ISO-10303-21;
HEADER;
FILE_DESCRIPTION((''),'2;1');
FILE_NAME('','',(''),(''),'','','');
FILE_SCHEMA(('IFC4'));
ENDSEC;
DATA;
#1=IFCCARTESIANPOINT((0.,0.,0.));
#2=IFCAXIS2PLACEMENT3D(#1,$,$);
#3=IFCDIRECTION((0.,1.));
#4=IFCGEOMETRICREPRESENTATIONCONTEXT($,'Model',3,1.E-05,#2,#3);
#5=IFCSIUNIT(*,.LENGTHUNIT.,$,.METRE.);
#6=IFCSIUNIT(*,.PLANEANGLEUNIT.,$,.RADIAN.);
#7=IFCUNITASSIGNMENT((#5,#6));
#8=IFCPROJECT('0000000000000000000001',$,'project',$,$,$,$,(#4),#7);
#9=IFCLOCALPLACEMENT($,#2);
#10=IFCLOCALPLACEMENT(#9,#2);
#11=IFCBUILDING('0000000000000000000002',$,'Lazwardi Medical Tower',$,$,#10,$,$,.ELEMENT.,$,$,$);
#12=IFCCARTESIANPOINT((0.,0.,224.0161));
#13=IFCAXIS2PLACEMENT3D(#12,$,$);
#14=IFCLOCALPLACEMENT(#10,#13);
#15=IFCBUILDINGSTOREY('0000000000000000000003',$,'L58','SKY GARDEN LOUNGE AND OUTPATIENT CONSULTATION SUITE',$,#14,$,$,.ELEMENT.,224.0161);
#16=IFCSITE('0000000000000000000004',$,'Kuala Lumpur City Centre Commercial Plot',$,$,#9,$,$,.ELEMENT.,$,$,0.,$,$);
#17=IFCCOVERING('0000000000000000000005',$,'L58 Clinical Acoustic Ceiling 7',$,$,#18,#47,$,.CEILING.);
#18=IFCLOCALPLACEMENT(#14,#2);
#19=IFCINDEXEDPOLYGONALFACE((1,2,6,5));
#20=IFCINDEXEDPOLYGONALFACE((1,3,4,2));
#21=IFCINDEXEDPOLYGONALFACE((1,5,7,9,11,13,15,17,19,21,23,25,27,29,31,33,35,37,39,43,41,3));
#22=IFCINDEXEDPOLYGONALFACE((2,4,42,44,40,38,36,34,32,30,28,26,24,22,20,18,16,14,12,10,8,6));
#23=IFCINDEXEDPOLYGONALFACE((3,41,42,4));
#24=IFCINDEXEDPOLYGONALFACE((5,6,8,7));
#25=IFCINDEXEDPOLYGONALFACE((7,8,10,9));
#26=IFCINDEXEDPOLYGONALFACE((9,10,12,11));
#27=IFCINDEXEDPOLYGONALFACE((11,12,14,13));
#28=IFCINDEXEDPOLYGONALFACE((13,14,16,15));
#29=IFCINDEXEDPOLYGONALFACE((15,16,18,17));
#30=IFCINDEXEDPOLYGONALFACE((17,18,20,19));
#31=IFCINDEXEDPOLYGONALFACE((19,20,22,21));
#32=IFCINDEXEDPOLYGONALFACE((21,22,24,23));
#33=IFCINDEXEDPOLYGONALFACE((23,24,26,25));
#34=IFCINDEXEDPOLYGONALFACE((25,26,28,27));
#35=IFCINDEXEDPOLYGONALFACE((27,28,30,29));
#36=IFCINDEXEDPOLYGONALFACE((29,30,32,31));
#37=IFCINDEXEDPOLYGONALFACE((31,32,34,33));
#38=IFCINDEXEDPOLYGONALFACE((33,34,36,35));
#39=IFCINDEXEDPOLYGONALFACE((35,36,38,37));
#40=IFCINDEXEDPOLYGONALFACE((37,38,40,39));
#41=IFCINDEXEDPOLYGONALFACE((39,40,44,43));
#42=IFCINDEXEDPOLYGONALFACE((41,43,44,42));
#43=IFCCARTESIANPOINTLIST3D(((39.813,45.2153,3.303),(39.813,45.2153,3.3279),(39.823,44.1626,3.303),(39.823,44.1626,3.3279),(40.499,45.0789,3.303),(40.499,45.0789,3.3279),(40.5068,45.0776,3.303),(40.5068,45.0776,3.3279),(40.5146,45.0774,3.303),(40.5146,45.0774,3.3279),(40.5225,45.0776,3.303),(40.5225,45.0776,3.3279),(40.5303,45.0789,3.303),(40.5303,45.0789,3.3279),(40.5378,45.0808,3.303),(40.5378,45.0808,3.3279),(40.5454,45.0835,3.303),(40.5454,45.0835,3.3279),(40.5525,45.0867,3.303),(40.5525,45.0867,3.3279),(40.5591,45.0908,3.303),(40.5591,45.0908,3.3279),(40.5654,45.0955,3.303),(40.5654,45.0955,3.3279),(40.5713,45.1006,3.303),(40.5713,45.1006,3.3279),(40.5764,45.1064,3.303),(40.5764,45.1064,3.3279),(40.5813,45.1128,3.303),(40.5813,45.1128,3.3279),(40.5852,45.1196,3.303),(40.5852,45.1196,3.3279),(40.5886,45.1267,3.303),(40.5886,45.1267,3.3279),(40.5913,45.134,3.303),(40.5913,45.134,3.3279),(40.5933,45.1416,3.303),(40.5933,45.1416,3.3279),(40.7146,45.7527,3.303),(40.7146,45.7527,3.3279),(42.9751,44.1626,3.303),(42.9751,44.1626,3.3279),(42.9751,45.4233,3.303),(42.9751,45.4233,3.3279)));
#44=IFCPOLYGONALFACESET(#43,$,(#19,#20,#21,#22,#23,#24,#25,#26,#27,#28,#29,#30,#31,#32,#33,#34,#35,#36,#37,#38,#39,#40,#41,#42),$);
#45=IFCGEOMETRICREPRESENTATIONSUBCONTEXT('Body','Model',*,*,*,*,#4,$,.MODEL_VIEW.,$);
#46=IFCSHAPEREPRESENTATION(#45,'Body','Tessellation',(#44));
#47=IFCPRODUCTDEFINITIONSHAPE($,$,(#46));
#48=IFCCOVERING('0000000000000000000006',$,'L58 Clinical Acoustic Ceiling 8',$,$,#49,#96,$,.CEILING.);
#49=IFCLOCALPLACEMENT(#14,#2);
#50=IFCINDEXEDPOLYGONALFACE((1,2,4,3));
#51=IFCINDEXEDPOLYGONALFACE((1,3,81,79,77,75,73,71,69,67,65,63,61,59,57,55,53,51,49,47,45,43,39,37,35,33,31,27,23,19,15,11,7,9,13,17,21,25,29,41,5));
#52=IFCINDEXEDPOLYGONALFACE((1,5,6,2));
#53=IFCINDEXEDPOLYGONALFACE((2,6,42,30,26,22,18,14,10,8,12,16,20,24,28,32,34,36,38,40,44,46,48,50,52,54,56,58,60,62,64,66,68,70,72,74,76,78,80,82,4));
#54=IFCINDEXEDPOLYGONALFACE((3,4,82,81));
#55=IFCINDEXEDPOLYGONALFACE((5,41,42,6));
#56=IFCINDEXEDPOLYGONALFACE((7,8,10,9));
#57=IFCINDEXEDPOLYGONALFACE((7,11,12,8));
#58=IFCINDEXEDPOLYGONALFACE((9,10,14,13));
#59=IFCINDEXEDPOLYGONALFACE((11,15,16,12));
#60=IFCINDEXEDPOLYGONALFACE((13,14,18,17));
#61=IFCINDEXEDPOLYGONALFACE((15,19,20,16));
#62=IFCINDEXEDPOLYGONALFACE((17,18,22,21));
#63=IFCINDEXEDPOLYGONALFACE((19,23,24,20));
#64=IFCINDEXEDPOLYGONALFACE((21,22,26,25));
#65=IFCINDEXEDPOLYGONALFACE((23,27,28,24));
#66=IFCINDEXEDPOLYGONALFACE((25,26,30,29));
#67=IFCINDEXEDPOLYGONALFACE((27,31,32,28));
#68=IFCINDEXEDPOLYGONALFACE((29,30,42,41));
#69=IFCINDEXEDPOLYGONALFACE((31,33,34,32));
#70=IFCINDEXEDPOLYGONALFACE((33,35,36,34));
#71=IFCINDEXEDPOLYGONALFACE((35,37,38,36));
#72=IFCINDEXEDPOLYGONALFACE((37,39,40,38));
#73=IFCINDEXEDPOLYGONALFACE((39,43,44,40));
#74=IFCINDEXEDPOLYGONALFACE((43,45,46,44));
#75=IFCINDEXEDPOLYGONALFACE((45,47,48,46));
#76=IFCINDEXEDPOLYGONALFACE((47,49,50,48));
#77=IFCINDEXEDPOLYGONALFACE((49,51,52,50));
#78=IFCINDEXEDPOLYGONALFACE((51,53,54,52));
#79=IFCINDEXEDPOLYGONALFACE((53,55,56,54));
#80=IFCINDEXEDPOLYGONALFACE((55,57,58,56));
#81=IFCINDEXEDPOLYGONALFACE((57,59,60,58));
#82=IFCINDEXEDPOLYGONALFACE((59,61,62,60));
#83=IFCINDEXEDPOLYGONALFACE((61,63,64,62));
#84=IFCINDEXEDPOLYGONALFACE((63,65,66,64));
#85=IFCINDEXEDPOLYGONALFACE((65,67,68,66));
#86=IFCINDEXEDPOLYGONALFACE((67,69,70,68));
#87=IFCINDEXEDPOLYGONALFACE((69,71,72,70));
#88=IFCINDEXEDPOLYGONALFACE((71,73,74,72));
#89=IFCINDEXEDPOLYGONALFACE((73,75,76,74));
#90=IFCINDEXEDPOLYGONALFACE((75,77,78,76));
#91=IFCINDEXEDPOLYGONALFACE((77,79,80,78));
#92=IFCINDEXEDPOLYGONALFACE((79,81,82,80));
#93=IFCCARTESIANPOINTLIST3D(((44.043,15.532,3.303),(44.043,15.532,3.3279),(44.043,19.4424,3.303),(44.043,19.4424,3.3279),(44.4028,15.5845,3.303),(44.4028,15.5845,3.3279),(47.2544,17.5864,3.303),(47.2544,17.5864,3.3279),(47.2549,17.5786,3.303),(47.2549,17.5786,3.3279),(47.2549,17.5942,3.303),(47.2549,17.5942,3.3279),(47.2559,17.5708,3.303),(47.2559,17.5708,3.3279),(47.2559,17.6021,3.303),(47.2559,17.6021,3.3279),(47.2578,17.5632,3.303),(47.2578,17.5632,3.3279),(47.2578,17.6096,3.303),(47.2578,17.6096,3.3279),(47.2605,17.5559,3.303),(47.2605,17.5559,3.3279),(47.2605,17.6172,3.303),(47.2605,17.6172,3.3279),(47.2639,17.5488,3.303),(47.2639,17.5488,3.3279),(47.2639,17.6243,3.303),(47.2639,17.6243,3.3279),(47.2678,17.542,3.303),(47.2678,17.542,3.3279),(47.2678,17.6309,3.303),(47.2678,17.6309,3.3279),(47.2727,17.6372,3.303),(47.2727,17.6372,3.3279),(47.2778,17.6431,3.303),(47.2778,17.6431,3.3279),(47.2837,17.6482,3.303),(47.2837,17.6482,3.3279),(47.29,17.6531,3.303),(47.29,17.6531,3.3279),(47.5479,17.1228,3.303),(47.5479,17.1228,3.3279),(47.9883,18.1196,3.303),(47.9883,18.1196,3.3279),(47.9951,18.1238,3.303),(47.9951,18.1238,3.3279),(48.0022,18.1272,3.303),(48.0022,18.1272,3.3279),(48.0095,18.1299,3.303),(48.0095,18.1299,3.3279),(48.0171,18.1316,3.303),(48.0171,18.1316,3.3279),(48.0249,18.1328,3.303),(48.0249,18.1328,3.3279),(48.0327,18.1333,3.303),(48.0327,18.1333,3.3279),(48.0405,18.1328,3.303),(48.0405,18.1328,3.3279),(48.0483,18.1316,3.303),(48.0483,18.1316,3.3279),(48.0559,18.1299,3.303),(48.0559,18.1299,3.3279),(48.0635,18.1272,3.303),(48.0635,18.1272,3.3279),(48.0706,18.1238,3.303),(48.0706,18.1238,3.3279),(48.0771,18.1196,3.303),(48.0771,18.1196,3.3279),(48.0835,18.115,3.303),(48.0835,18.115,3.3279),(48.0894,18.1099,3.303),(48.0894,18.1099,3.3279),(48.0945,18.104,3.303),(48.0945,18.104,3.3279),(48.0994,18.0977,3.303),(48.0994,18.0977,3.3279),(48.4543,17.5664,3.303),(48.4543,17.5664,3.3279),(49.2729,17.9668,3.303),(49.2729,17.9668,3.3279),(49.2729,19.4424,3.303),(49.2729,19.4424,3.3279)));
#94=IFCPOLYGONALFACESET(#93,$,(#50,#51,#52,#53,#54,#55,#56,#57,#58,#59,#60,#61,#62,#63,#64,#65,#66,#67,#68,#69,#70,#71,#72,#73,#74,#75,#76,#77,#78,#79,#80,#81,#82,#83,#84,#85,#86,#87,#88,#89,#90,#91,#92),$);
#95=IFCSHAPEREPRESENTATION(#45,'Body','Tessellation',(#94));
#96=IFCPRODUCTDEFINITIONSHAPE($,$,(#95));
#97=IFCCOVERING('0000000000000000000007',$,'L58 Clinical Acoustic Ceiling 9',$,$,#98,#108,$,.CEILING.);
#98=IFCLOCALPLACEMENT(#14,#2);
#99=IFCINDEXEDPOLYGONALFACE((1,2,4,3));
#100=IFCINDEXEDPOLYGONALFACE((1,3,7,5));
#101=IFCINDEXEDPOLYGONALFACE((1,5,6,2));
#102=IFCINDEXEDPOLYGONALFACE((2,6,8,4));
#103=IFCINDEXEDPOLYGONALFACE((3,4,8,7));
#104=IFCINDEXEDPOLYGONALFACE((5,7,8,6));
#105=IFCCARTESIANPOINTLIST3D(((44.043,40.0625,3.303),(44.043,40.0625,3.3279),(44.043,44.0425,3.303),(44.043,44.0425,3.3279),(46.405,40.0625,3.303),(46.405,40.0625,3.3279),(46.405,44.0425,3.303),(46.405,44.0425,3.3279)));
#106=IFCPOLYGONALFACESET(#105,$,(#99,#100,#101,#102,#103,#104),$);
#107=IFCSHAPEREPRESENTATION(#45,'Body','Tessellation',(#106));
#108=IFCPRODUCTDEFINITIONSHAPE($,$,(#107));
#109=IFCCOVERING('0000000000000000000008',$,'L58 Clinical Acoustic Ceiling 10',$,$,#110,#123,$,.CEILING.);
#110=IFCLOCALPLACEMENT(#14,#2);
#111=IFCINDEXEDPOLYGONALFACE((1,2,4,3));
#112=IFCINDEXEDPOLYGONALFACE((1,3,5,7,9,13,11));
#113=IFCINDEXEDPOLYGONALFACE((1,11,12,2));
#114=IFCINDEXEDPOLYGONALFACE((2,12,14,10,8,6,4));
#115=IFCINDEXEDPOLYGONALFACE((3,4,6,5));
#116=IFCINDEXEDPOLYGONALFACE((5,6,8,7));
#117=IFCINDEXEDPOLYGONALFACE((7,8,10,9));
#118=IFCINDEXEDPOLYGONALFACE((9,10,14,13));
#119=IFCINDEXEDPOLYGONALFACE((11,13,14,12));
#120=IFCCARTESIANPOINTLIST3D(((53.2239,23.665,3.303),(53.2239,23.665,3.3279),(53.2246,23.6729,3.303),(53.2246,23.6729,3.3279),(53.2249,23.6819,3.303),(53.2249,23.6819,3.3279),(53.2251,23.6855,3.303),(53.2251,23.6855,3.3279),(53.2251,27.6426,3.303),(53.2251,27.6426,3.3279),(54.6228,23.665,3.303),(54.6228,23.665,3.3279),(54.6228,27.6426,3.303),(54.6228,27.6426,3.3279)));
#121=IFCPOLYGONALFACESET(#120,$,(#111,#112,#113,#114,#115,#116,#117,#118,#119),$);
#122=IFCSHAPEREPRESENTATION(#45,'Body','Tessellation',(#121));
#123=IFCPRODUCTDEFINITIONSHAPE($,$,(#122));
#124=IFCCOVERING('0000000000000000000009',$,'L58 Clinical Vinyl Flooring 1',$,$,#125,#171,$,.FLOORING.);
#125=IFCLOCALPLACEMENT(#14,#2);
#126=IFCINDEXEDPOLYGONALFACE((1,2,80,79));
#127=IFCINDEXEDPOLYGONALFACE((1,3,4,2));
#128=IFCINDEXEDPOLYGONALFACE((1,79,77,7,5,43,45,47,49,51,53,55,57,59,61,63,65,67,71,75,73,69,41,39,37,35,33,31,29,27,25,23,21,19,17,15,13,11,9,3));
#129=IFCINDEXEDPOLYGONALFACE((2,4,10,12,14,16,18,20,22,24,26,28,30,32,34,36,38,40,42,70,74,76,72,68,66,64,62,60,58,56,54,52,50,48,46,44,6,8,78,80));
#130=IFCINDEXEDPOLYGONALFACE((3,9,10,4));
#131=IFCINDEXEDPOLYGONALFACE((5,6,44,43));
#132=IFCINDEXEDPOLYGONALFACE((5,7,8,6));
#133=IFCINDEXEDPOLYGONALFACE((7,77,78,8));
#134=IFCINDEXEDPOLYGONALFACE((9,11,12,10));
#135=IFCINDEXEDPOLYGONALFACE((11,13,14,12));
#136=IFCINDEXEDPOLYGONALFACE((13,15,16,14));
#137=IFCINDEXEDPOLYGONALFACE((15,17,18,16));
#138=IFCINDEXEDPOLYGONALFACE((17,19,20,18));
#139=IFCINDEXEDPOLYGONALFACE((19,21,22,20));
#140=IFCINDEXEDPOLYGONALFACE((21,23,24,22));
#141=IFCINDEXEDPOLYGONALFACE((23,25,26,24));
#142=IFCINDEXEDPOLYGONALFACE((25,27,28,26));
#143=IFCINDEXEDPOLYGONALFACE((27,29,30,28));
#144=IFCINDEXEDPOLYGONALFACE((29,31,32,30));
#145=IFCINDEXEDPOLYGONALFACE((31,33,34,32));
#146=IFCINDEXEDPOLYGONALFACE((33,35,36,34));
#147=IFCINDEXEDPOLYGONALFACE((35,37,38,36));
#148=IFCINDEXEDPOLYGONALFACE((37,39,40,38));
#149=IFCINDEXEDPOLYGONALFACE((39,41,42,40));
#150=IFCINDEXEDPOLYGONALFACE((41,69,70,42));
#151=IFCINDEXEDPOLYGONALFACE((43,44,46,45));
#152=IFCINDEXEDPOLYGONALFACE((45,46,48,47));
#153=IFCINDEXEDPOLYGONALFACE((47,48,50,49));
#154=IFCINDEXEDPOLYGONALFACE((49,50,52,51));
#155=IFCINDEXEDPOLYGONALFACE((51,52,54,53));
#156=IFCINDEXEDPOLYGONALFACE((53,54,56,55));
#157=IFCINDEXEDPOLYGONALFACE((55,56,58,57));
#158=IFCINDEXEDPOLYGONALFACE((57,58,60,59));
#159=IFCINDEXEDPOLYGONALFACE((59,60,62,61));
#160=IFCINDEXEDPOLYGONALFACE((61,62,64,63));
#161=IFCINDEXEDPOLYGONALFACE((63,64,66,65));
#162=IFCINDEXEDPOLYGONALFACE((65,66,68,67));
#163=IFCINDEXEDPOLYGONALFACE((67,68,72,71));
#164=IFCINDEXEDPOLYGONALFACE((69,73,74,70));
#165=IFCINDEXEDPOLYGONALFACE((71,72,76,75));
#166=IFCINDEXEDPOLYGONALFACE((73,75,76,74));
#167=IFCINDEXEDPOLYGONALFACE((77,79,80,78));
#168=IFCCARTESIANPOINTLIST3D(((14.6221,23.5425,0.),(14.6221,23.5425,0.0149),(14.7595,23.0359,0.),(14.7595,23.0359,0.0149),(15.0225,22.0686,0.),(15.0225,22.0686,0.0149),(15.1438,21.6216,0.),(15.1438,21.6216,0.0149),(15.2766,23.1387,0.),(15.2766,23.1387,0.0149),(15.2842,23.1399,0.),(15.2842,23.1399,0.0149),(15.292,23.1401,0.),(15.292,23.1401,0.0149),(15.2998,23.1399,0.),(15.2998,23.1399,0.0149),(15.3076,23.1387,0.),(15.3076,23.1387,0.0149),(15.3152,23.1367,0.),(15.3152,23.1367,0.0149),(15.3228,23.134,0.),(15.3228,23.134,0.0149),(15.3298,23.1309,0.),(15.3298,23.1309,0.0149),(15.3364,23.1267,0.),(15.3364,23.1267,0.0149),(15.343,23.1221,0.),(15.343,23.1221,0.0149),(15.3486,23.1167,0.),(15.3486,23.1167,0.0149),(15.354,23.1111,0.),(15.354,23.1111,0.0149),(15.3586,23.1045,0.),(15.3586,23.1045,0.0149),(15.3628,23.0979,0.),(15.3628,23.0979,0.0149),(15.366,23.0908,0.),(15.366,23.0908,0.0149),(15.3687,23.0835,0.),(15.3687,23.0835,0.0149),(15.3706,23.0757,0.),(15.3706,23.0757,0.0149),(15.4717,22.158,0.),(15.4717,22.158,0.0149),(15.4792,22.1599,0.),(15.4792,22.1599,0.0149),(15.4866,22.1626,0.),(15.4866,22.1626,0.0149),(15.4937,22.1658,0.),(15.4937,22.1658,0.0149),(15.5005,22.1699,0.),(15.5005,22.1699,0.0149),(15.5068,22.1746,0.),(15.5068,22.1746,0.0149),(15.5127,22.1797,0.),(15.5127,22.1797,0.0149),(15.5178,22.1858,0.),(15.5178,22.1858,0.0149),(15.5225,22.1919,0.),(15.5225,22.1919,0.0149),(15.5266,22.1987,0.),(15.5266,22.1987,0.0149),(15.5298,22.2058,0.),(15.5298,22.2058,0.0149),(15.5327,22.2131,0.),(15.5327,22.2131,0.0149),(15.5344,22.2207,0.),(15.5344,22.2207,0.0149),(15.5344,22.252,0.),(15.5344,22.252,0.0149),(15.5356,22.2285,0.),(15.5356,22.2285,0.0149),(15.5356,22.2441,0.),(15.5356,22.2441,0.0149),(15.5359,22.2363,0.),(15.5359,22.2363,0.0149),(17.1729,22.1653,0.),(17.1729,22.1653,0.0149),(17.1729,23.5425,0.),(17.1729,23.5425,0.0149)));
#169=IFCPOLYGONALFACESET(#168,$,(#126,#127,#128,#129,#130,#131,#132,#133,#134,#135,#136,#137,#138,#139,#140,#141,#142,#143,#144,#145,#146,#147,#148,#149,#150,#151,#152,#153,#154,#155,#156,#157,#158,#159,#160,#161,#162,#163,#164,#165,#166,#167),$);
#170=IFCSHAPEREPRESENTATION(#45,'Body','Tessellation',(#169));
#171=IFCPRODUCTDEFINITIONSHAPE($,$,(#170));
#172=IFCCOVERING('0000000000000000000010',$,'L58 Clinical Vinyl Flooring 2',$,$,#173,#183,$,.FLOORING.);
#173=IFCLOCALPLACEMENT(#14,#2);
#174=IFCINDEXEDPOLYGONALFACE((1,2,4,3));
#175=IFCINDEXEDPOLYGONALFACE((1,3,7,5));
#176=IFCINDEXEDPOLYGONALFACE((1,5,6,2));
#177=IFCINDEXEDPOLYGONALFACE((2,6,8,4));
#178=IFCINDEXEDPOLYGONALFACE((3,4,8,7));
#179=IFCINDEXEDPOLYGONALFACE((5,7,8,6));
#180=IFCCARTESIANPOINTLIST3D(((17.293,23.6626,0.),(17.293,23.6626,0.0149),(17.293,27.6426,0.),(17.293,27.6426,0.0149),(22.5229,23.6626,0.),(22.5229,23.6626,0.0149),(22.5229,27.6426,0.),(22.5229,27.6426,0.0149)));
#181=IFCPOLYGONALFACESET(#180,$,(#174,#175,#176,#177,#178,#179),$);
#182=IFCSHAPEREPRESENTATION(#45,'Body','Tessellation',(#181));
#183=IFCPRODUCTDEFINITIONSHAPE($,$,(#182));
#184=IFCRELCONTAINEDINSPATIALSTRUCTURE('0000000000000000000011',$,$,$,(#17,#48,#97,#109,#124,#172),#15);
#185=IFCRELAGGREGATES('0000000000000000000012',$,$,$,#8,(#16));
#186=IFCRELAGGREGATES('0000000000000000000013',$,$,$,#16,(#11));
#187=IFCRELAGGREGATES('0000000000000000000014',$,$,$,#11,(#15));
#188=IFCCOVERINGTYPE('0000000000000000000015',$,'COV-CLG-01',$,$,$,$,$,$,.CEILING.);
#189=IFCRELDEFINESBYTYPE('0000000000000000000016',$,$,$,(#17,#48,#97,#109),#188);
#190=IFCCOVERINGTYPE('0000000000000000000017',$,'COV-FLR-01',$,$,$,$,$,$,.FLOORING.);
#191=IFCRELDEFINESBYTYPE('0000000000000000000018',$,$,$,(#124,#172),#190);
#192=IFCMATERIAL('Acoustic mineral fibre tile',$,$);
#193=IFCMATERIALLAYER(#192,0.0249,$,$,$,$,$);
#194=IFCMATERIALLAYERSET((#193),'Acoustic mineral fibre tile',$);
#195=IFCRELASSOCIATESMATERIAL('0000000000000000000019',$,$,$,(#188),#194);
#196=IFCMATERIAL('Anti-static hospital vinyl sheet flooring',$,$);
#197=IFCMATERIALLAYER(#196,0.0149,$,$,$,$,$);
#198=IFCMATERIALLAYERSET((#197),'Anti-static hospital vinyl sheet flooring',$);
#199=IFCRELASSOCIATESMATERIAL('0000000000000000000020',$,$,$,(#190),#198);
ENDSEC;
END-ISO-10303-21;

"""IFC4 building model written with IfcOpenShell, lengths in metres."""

from ifc_helpers import new_model, si_unit, direction, frame, origin, place, context, subcontext, project, spatial, polyline, outline, extrude, material, layer, layer_set, type_object, element, save


model = new_model("IFC4")

# Units and contexts
model_context = context("Model", 3, precision=1e-05, world=origin(), true_north=direction((0.0, 1.0)))
body_context = subcontext(model_context, "Body", "Model", "MODEL_VIEW")
ifc_project = project(units=[si_unit("LENGTHUNIT", "METRE"), si_unit("PLANEANGLEUNIT", "RADIAN")], contexts=[model_context])

# Site, building, storey
site_placement = place(None, origin())
site = spatial("IfcSite", under=ifc_project, at=site_placement, Name="Kuala Lumpur City Centre Commercial Plot", CompositionType="ELEMENT", RefElevation=0.0)
building_placement = place(site_placement, origin())
building = spatial("IfcBuilding", under=site, at=building_placement, Name="Lazwardi Medical Tower", CompositionType="ELEMENT")
storey_placement = place(building_placement, frame((0.0, 0.0, 224.0161)))
storey = spatial("IfcBuildingStorey", under=building, at=storey_placement, Name="L58", Description="SKY GARDEN LOUNGE AND OUTPATIENT CONSULTATION SUITE", CompositionType="ELEMENT", Elevation=224.0161)

# Coverings
ifc_material_1 = material(Name="Acoustic mineral fibre tile")
ifc_layer_1 = layer(ifc_material_1, 0.0249)
ifc_layer_set_1 = layer_set([ifc_layer_1], Name="Acoustic mineral fibre tile")
covering_type_1 = type_object("IfcCoveringType", Name="COV-CLG-01", PredefinedType="CEILING", material=ifc_layer_set_1)
covering_1_placement = place(storey_placement, frame((0.0, 0.0, 3.303)))
element("IfcCovering", 1, at=covering_1_placement, inside=storey, type_object=covering_type_1, Name="L58 Clinical Acoustic Ceiling 7", PredefinedType="CEILING", context=body_context, shape_type="SweptSolid", body=[
    extrude(outline(polyline([(42.9751, 44.1626), (42.9751, 45.4233), (40.7146, 45.7527), (40.5933, 45.1416), (40.5913, 45.134), (40.5886, 45.1267), (40.5852, 45.1196), (40.5813, 45.1128), (40.5764, 45.1064), (40.5713, 45.1006), (40.5654, 45.0955), (40.5591, 45.0908), (40.5525, 45.0867), (40.5454, 45.0835), (40.5378, 45.0808), (40.5303, 45.0789), (40.5225, 45.0776), (40.5146, 45.0774), (40.5068, 45.0776), (40.499, 45.0789), (39.813, 45.2153), (39.823, 44.1626), (42.9751, 44.1626)])), origin(), (0.0, 0.0, 1.0), 0.0249),
])
covering_2_placement = place(storey_placement, frame((0.0, 0.0, 3.303)))
element("IfcCovering", 2, at=covering_2_placement, inside=storey, type_object=covering_type_1, Name="L58 Clinical Acoustic Ceiling 8", PredefinedType="CEILING", context=body_context, shape_type="SweptSolid", body=[
    extrude(outline(polyline([(44.043, 15.532), (44.4028, 15.5845), (47.5479, 17.1228), (47.2678, 17.542), (47.2639, 17.5488), (47.2605, 17.5559), (47.2578, 17.5632), (47.2559, 17.5708), (47.2549, 17.5786), (47.2544, 17.5864), (47.2549, 17.5942), (47.2559, 17.6021), (47.2578, 17.6096), (47.2605, 17.6172), (47.2639, 17.6243), (47.2678, 17.6309), (47.2727, 17.6372), (47.2778, 17.6431), (47.2837, 17.6482), (47.29, 17.6531), (47.9883, 18.1196), (47.9951, 18.1238), (48.0022, 18.1272), (48.0095, 18.1299), (48.0171, 18.1316), (48.0249, 18.1328), (48.0327, 18.1333), (48.0405, 18.1328), (48.0483, 18.1316), (48.0559, 18.1299), (48.0635, 18.1272), (48.0706, 18.1238), (48.0771, 18.1196), (48.0835, 18.115), (48.0894, 18.1099), (48.0945, 18.104), (48.0994, 18.0977), (48.4543, 17.5664), (49.2729, 17.9668), (49.2729, 19.4424), (44.043, 19.4424), (44.043, 15.532)])), origin(), (0.0, 0.0, 1.0), 0.0249),
])
covering_3_placement = place(storey_placement, frame((0.0, 0.0, 3.303)))
element("IfcCovering", 3, at=covering_3_placement, inside=storey, type_object=covering_type_1, Name="L58 Clinical Acoustic Ceiling 9", PredefinedType="CEILING", context=body_context, shape_type="SweptSolid", body=[
    extrude(outline(polyline([(46.405, 40.0625), (46.405, 44.0425), (44.043, 44.0425), (44.043, 40.0625), (46.405, 40.0625)])), origin(), (0.0, 0.0, 1.0), 0.0249),
])
covering_4_placement = place(storey_placement, frame((0.0, 0.0, 3.303)))
element("IfcCovering", 4, at=covering_4_placement, inside=storey, type_object=covering_type_1, Name="L58 Clinical Acoustic Ceiling 10", PredefinedType="CEILING", context=body_context, shape_type="SweptSolid", body=[
    extrude(outline(polyline([(53.2251, 27.6426), (53.2251, 23.6855), (53.2249, 23.6819), (53.2246, 23.6729), (53.2239, 23.665), (54.6228, 23.665), (54.6228, 27.6426), (53.2251, 27.6426)])), origin(), (0.0, 0.0, 1.0), 0.0249),
])
ifc_material_2 = material(Name="Anti-static hospital vinyl sheet flooring")
ifc_layer_2 = layer(ifc_material_2, 0.0149)
ifc_layer_set_2 = layer_set([ifc_layer_2], Name="Anti-static hospital vinyl sheet flooring")
covering_type_2 = type_object("IfcCoveringType", Name="COV-FLR-01", PredefinedType="FLOORING", material=ifc_layer_set_2)
covering_5_placement = place(storey_placement, origin())
element("IfcCovering", 5, at=covering_5_placement, inside=storey, type_object=covering_type_2, Name="L58 Clinical Vinyl Flooring 1", PredefinedType="FLOORING", context=body_context, shape_type="SweptSolid", body=[
    extrude(outline(polyline([(14.6221, 23.5425), (14.7595, 23.0359), (15.2766, 23.1387), (15.2842, 23.1399), (15.292, 23.1401), (15.2998, 23.1399), (15.3076, 23.1387), (15.3152, 23.1367), (15.3228, 23.134), (15.3298, 23.1309), (15.3364, 23.1267), (15.343, 23.1221), (15.3486, 23.1167), (15.354, 23.1111), (15.3586, 23.1045), (15.3628, 23.0979), (15.366, 23.0908), (15.3687, 23.0835), (15.3706, 23.0757), (15.5344, 22.252), (15.5356, 22.2441), (15.5359, 22.2363), (15.5356, 22.2285), (15.5344, 22.2207), (15.5327, 22.2131), (15.5298, 22.2058), (15.5266, 22.1987), (15.5225, 22.1919), (15.5178, 22.1858), (15.5127, 22.1797), (15.5068, 22.1746), (15.5005, 22.1699), (15.4937, 22.1658), (15.4866, 22.1626), (15.4792, 22.1599), (15.4717, 22.158), (15.0225, 22.0686), (15.1438, 21.6216), (17.1729, 22.1653), (17.1729, 23.5425), (14.6221, 23.5425)])), origin(), (0.0, 0.0, 1.0), 0.0149),
])
covering_6_placement = place(storey_placement, origin())
element("IfcCovering", 6, at=covering_6_placement, inside=storey, type_object=covering_type_2, Name="L58 Clinical Vinyl Flooring 2", PredefinedType="FLOORING", context=body_context, shape_type="SweptSolid", body=[
    extrude(outline(polyline([(22.5229, 23.6626), (22.5229, 27.6426), (17.293, 27.6426), (17.293, 23.6626), (22.5229, 23.6626)])), origin(), (0.0, 0.0, 1.0), 0.0149),
])

save(model, "model.ifc")
